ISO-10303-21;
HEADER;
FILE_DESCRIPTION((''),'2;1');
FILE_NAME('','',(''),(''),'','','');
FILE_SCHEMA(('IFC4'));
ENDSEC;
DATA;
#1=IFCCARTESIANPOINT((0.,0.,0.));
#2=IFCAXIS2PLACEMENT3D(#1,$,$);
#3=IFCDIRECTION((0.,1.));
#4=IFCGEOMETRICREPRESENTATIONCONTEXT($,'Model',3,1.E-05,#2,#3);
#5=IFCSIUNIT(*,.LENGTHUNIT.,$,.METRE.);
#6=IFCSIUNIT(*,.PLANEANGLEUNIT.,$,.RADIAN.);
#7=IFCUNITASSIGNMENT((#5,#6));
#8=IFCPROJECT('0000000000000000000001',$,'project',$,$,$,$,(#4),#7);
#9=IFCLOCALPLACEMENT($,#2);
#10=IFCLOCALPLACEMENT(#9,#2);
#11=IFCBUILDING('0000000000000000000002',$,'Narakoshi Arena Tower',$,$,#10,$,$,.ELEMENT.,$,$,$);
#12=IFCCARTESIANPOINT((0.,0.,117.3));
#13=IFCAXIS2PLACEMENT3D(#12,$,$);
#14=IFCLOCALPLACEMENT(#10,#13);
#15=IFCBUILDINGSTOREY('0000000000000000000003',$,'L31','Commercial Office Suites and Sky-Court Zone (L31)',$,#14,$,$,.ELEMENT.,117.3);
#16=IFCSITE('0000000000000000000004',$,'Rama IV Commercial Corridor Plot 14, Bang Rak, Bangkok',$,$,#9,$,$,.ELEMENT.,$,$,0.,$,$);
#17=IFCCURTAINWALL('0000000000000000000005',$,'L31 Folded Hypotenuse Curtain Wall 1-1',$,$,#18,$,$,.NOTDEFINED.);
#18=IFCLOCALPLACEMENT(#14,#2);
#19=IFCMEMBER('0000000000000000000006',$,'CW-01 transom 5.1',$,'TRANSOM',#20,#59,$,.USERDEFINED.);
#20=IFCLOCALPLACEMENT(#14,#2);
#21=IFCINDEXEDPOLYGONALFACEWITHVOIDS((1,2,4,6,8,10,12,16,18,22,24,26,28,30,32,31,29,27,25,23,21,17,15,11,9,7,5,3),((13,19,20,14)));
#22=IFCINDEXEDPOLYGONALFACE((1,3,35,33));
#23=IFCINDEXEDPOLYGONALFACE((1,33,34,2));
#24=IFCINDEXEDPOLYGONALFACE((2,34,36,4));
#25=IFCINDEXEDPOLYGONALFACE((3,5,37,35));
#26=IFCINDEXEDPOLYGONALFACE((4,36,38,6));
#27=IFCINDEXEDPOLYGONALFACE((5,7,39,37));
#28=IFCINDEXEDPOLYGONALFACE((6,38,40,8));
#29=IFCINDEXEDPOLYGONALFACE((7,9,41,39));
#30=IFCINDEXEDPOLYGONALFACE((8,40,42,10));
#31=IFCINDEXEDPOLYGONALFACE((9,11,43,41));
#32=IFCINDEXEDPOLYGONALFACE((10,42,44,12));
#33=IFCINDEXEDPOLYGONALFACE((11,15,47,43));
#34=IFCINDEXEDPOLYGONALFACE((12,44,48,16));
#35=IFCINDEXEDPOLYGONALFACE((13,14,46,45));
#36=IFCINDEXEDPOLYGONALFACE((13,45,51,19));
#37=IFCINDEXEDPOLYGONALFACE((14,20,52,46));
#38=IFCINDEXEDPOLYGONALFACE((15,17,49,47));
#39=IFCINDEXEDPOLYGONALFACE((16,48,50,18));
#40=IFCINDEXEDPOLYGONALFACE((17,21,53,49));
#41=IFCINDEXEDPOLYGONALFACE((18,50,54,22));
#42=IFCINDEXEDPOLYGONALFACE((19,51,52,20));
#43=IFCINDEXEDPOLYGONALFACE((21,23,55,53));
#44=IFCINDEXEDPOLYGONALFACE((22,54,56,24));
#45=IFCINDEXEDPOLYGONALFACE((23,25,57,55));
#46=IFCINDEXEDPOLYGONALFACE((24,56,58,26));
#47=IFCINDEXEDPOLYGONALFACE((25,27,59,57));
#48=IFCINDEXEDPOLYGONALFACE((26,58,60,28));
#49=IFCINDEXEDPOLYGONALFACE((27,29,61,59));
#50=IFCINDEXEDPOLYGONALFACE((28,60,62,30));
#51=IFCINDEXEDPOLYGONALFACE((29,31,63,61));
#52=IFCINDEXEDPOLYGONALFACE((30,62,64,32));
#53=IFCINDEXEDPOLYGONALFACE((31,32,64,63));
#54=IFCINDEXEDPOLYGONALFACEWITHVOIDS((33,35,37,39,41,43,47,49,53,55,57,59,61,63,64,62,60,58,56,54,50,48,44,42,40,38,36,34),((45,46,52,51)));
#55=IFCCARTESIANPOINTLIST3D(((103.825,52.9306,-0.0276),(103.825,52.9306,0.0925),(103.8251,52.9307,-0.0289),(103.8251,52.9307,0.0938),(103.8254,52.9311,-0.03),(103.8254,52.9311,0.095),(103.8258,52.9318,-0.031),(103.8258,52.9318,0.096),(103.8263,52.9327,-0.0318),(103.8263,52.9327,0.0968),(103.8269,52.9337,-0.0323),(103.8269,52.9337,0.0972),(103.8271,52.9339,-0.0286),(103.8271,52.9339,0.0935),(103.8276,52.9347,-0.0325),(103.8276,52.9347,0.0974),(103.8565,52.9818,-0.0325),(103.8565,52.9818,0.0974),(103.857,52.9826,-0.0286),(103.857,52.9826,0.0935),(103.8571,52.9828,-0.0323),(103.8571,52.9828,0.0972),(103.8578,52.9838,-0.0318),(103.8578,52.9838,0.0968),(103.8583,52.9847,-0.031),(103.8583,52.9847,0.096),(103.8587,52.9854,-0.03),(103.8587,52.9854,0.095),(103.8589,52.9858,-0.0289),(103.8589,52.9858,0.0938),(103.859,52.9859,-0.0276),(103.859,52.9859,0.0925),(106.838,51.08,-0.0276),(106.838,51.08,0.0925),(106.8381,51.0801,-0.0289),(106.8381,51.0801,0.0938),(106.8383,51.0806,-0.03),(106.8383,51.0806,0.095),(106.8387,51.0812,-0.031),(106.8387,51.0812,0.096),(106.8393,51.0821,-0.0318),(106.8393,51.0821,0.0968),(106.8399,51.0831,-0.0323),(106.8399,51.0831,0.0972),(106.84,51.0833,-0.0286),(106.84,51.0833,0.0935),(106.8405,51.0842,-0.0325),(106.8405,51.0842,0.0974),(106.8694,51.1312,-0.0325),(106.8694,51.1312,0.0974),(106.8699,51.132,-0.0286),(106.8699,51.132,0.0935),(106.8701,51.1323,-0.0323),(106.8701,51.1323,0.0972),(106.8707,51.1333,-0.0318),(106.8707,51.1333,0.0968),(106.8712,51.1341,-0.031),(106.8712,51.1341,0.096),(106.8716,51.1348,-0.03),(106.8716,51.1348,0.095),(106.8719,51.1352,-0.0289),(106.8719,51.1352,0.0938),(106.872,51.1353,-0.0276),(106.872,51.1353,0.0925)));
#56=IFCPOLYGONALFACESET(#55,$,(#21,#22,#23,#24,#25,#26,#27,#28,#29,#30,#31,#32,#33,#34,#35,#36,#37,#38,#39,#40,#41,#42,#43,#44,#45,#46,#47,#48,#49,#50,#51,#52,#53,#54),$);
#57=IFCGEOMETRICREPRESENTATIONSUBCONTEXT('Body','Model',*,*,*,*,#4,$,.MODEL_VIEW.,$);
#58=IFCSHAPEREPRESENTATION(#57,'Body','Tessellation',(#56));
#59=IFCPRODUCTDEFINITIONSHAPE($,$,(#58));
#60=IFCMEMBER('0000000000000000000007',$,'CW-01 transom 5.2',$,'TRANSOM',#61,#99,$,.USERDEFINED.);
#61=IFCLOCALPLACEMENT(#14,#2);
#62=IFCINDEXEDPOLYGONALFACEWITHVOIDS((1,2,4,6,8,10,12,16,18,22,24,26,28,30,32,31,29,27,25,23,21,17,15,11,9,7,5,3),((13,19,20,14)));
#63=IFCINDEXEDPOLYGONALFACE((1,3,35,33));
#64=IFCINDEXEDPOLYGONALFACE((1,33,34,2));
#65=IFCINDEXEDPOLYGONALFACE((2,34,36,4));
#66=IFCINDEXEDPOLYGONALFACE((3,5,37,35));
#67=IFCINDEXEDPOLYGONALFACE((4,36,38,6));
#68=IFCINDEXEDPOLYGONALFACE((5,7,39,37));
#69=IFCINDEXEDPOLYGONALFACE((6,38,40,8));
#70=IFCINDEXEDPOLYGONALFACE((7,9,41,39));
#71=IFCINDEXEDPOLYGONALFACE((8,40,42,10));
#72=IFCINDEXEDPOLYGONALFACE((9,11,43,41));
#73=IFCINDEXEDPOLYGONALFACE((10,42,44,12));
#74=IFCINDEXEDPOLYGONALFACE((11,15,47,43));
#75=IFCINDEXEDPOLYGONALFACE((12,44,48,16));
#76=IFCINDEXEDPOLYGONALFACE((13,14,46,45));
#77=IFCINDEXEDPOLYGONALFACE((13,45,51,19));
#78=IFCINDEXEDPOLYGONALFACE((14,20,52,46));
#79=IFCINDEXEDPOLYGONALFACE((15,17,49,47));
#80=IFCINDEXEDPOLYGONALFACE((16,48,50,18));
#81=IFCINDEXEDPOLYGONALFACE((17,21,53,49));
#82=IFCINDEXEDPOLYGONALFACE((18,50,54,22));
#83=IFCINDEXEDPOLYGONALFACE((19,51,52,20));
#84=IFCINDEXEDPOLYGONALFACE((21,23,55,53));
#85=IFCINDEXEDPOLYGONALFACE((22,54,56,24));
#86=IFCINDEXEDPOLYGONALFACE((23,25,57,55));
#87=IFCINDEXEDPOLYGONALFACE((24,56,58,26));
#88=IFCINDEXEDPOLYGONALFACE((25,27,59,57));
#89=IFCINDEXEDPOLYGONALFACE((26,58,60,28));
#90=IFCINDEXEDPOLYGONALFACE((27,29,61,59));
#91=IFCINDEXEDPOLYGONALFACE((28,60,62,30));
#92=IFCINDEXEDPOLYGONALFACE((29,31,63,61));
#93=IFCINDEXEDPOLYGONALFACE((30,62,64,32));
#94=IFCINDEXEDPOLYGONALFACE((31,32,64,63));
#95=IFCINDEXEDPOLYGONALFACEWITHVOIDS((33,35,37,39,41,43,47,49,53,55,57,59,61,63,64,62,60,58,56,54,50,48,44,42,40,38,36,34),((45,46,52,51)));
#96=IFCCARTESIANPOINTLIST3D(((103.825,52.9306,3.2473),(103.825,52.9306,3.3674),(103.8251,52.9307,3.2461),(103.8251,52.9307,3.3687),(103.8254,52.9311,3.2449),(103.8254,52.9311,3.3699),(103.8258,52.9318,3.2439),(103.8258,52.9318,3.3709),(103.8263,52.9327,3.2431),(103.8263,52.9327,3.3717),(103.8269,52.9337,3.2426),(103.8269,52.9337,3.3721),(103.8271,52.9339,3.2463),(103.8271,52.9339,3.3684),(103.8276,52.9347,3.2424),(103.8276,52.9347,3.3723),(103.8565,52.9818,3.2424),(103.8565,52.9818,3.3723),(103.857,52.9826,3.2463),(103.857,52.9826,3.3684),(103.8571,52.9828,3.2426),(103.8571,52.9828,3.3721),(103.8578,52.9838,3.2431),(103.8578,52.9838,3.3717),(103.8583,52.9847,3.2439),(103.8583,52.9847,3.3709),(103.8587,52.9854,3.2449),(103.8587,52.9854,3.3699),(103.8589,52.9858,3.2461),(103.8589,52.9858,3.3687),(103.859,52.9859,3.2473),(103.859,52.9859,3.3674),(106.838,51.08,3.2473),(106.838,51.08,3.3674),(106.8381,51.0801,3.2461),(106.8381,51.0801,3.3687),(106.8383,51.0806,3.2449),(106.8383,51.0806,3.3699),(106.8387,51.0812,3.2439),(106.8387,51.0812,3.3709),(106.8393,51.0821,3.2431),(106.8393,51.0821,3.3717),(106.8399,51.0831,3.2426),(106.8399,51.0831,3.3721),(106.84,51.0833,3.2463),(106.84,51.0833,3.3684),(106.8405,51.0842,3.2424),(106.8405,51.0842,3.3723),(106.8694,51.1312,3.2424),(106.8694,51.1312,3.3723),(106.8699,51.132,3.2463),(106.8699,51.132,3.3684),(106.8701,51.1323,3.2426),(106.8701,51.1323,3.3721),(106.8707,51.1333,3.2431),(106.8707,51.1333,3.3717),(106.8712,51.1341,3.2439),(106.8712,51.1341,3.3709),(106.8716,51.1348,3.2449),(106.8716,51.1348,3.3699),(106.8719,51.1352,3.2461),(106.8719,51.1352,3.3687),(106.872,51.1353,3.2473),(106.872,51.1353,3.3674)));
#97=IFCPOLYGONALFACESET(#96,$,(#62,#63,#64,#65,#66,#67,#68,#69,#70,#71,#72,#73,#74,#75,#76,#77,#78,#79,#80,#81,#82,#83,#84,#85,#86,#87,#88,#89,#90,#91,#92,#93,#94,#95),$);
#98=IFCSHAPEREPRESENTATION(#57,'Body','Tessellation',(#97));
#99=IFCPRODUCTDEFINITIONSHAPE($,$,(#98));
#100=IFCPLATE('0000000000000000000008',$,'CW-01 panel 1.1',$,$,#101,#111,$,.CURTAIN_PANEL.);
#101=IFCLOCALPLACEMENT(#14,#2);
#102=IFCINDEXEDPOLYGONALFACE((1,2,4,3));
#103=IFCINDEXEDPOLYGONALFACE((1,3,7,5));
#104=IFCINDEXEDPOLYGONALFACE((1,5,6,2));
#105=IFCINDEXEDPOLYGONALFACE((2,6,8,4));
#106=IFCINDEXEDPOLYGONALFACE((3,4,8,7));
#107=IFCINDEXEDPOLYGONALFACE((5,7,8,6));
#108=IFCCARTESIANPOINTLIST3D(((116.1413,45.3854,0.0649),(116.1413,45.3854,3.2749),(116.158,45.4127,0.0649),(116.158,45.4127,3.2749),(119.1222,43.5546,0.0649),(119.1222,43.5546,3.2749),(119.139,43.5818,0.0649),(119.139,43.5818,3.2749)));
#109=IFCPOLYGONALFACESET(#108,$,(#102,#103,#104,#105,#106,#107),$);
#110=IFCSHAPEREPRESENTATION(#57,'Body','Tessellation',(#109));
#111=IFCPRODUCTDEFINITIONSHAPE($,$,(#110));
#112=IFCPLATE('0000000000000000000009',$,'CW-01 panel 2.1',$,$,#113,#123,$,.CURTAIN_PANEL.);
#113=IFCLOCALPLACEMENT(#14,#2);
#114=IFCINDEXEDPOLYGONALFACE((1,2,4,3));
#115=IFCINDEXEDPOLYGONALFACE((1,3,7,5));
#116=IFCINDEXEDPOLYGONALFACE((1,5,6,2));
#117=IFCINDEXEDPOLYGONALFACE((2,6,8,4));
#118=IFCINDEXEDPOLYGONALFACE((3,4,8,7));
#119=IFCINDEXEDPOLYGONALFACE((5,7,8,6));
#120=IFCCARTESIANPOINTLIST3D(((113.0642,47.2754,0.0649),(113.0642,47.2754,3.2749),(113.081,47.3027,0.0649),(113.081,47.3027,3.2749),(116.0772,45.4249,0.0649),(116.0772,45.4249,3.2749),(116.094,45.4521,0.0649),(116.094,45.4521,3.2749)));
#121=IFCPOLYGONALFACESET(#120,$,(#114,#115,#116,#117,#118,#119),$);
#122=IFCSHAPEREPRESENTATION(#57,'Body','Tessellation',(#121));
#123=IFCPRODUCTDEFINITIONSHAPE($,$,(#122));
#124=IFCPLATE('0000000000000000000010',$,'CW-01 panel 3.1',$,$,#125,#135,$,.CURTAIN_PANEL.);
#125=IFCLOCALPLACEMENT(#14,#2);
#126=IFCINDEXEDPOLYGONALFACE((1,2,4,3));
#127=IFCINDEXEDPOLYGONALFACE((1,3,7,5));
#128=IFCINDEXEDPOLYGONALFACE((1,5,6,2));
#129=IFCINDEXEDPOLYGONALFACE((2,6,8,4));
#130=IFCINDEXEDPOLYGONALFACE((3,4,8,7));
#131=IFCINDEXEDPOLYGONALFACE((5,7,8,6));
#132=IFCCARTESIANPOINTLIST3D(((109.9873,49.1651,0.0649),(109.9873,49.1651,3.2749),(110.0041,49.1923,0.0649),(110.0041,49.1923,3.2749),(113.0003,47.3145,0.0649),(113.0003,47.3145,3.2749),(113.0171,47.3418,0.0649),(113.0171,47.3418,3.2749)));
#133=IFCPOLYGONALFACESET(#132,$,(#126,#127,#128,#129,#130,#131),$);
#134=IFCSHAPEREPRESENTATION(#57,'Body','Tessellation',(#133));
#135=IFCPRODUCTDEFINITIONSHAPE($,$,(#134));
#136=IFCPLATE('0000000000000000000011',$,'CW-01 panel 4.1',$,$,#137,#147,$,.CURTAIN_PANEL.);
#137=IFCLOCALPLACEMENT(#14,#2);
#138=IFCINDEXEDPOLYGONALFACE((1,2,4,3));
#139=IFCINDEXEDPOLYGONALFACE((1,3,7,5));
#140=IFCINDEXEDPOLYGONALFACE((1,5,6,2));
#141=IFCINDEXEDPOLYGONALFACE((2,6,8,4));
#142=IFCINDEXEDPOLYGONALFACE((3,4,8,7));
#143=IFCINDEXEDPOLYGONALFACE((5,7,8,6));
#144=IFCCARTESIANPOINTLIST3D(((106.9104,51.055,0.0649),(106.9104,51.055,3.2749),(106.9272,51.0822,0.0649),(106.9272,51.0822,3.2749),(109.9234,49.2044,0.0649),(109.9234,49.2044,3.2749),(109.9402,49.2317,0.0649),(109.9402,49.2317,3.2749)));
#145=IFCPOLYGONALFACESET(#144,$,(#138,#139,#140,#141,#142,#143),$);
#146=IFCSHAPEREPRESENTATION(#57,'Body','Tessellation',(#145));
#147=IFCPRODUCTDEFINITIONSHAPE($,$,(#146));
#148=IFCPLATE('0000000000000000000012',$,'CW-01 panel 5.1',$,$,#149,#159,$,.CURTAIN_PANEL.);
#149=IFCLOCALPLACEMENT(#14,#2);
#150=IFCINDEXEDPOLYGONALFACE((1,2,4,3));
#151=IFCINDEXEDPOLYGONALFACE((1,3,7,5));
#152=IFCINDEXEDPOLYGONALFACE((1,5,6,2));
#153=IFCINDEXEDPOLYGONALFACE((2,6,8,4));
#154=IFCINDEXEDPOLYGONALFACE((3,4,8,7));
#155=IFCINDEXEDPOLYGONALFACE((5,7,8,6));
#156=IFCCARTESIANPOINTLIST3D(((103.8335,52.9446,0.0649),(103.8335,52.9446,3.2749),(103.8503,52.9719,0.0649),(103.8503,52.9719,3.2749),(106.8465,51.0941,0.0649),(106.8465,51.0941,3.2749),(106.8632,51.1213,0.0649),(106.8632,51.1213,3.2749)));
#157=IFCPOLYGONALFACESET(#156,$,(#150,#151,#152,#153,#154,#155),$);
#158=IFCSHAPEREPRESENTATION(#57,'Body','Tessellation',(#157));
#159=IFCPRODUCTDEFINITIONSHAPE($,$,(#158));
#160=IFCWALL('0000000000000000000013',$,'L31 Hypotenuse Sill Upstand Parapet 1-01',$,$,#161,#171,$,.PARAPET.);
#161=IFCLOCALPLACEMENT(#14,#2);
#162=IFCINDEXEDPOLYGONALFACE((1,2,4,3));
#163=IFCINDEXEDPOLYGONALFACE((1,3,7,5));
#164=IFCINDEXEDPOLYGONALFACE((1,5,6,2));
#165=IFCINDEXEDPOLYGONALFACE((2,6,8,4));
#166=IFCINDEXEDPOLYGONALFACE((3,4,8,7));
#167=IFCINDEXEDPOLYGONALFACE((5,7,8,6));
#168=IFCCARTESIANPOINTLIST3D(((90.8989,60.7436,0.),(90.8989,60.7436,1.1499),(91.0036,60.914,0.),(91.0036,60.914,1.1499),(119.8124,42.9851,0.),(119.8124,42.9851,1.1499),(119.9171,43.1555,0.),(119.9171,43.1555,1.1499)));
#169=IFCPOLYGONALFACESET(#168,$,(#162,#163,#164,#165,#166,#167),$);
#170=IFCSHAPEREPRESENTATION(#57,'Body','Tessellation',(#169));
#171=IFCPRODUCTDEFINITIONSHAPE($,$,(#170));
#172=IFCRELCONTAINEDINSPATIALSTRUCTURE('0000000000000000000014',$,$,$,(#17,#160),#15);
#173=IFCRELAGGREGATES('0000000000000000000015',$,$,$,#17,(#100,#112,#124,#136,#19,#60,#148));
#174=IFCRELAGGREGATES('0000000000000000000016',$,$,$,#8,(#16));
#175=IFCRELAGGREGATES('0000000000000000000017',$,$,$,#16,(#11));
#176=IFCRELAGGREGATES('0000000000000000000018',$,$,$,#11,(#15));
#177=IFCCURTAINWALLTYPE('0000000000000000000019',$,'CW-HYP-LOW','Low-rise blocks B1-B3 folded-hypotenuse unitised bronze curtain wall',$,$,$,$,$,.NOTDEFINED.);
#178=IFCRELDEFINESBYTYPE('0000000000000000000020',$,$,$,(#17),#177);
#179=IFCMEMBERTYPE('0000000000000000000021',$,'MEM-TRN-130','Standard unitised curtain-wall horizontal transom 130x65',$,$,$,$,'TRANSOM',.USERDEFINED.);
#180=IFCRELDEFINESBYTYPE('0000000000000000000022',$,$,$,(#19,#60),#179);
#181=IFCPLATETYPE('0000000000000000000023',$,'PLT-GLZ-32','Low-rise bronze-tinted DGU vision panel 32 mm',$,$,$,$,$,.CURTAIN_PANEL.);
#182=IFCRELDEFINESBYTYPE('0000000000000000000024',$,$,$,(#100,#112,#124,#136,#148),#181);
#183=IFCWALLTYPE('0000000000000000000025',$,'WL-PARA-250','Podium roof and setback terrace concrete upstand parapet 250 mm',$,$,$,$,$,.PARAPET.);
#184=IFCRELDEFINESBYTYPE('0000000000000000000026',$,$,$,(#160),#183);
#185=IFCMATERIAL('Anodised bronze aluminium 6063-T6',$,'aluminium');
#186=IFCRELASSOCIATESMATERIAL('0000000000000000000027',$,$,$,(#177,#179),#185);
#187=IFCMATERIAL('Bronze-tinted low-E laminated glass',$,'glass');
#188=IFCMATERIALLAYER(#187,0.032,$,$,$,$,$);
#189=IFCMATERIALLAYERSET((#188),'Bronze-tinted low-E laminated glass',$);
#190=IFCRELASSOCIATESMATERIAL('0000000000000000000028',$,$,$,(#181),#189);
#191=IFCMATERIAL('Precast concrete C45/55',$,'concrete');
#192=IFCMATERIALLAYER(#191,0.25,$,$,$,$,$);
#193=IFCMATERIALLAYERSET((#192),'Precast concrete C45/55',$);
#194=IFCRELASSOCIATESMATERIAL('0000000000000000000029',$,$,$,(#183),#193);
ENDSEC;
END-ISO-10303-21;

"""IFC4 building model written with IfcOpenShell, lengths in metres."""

from ifc_helpers import new_model, si_unit, direction, frame, frame_2d, origin, origin_2d, place, context, subcontext, project, spatial, rectangle, hollow_rectangle, extrude, material, layer, layer_set, material_profile, profile_set, type_object, element, aggregate, save


model = new_model("IFC4")

# Units and contexts
model_context = context("Model", 3, precision=1e-05, world=origin(), true_north=direction((0.0, 1.0)))
body_context = subcontext(model_context, "Body", "Model", "MODEL_VIEW")
ifc_project = project(units=[si_unit("LENGTHUNIT", "METRE"), si_unit("PLANEANGLEUNIT", "RADIAN")], contexts=[model_context])

# Site, building, storey
site_placement = place(None, origin())
site = spatial("IfcSite", under=ifc_project, at=site_placement, Name="Rama IV Commercial Corridor Plot 14, Bang Rak, Bangkok", CompositionType="ELEMENT", RefElevation=0.0)
building_placement = place(site_placement, origin())
building = spatial("IfcBuilding", under=site, at=building_placement, Name="Narakoshi Arena Tower", CompositionType="ELEMENT")
storey_placement = place(building_placement, frame((0.0, 0.0, 117.3)))
storey = spatial("IfcBuildingStorey", under=building, at=storey_placement, Name="L31", Description="Commercial Office Suites and Sky-Court Zone (L31)", CompositionType="ELEMENT", Elevation=117.3)

# Curtain wall, members, plates
ifc_material_1 = material(Name="Anodised bronze aluminium 6063-T6", Category="aluminium")
curtain_wall_type = type_object("IfcCurtainWallType", Name="CW-HYP-LOW", Description="Low-rise blocks B1-B3 folded-hypotenuse unitised bronze curtain wall", PredefinedType="NOTDEFINED", material=ifc_material_1)
curtain_wall_placement = place(storey_placement, origin())
curtain_wall = element("IfcCurtainWall", 1, at=curtain_wall_placement, inside=storey, type_object=curtain_wall_type, Name="L31 Folded Hypotenuse Curtain Wall 1-1", PredefinedType="NOTDEFINED")
ifc_material_profile_1 = material_profile(ifc_material_1, hollow_rectangle(XDim=0.0649, YDim=0.1299, WallThickness=0.0039, OuterFilletRadius=0.0049, at=origin_2d()), Name="TRN130x65x4")
ifc_profile_set_1 = profile_set([ifc_material_profile_1], Name="Anodised bronze aluminium 6063-T6")
member_type_1 = type_object("IfcMemberType", Name="MEM-TRN-130", Description="Standard unitised curtain-wall horizontal transom 130x65", ElementType="TRANSOM", PredefinedType="USERDEFINED", material=ifc_profile_set_1)
member_1_placement = place(storey_placement, frame((106.855, 51.1077, 0.0325), z_axis=(-0.852104, 0.523373, 0.0), x_axis=(-0.523373, -0.852104, 0.0)))
member_1 = element("IfcMember", 2, at=member_1_placement, type_object=member_type_1, Name="CW-01 transom 5.1", ObjectType="TRANSOM", PredefinedType="USERDEFINED", context=body_context, shape_type="SweptSolid", body=[
    extrude(hollow_rectangle(XDim=0.0649, YDim=0.1299, WallThickness=0.0039, OuterFilletRadius=0.0049, at=origin_2d()), origin(), (0.0, 0.0, 1.0), 3.5359),
])
member_2_placement = place(storey_placement, frame((106.855, 51.1077, 3.3074), z_axis=(-0.852104, 0.523373, 0.0), x_axis=(-0.523373, -0.852104, 0.0)))
member_2 = element("IfcMember", 3, at=member_2_placement, type_object=member_type_1, Name="CW-01 transom 5.2", ObjectType="TRANSOM", PredefinedType="USERDEFINED", context=body_context, shape_type="SweptSolid", body=[
    extrude(hollow_rectangle(XDim=0.0649, YDim=0.1299, WallThickness=0.0039, OuterFilletRadius=0.0049, at=origin_2d()), origin(), (0.0, 0.0, 1.0), 3.5359),
])
ifc_material_2 = material(Name="Bronze-tinted low-E laminated glass", Category="glass")
ifc_layer_1 = layer(ifc_material_2, 0.032)
ifc_layer_set_1 = layer_set([ifc_layer_1], Name="Bronze-tinted low-E laminated glass")
plate_type = type_object("IfcPlateType", Name="PLT-GLZ-32", Description="Low-rise bronze-tinted DGU vision panel 32 mm", PredefinedType="CURTAIN_PANEL", material=ifc_layer_set_1)
plate_1_placement = place(storey_placement, frame((117.6401, 44.4836, 0.0649), z_axis=(0.0, 0.0, 1.0), x_axis=(-0.852113, 0.523358, 0.0)))
plate_1 = element("IfcPlate", 4, at=plate_1_placement, type_object=plate_type, Name="CW-01 panel 1.1", PredefinedType="CURTAIN_PANEL", context=body_context, shape_type="SweptSolid", body=[
    extrude(rectangle(XDim=3.4983, YDim=0.032, at=origin_2d()), origin(), (0.0, 0.0, 1.0), 3.21),
])
plate_2_placement = place(storey_placement, frame((114.5791, 46.3638, 0.0649), z_axis=(0.0, 0.0, 1.0), x_axis=(-0.852113, 0.523358, 0.0)))
plate_2 = element("IfcPlate", 5, at=plate_2_placement, type_object=plate_type, Name="CW-01 panel 2.1", PredefinedType="CURTAIN_PANEL", context=body_context, shape_type="SweptSolid", body=[
    extrude(rectangle(XDim=3.5359, YDim=0.032, at=origin_2d()), origin(), (0.0, 0.0, 1.0), 3.21),
])
plate_3_placement = place(storey_placement, frame((111.5022, 48.2534, 0.0649), z_axis=(0.0, 0.0, 1.0), x_axis=(-0.852113, 0.523358, 0.0)))
plate_3 = element("IfcPlate", 6, at=plate_3_placement, type_object=plate_type, Name="CW-01 panel 3.1", PredefinedType="CURTAIN_PANEL", context=body_context, shape_type="SweptSolid", body=[
    extrude(rectangle(XDim=3.5359, YDim=0.032, at=origin_2d()), origin(), (0.0, 0.0, 1.0), 3.21),
])
plate_4_placement = place(storey_placement, frame((108.4253, 50.1433, 0.0649), z_axis=(0.0, 0.0, 1.0), x_axis=(-0.852113, 0.523358, 0.0)))
plate_4 = element("IfcPlate", 7, at=plate_4_placement, type_object=plate_type, Name="CW-01 panel 4.1", PredefinedType="CURTAIN_PANEL", context=body_context, shape_type="SweptSolid", body=[
    extrude(rectangle(XDim=3.5359, YDim=0.032, at=origin_2d()), origin(), (0.0, 0.0, 1.0), 3.21),
])
plate_5_placement = place(storey_placement, frame((105.3484, 52.033, 0.0649), z_axis=(0.0, 0.0, 1.0), x_axis=(-0.852113, 0.523358, 0.0)))
plate_5 = element("IfcPlate", 8, at=plate_5_placement, type_object=plate_type, Name="CW-01 panel 5.1", PredefinedType="CURTAIN_PANEL", context=body_context, shape_type="SweptSolid", body=[
    extrude(rectangle(XDim=3.5359, YDim=0.032, at=origin_2d()), origin(), (0.0, 0.0, 1.0), 3.21),
])
aggregate(curtain_wall, [plate_1, plate_2, plate_3, plate_4, member_1, member_2, plate_5])

# Wall
ifc_material_3 = material(Name="Precast concrete C45/55", Category="concrete")
ifc_layer_2 = layer(ifc_material_3, 0.25)
ifc_layer_set_2 = layer_set([ifc_layer_2], Name="Precast concrete C45/55")
wall_type_1 = type_object("IfcWallType", Name="WL-PARA-250", Description="Podium roof and setback terrace concrete upstand parapet 250 mm", PredefinedType="PARAPET", material=ifc_layer_set_2)
wall_1_placement = place(storey_placement, frame((119.8647, 43.0703, 0.0), z_axis=(0.0, 0.0, 1.0), x_axis=(-0.852111, 0.523361, 0.0)))
element("IfcWall", 9, at=wall_1_placement, inside=storey, type_object=wall_type_1, Name="L31 Hypotenuse Sill Upstand Parapet 1-01", PredefinedType="PARAPET", context=body_context, shape_type="SweptSolid", body=[
    extrude(rectangle(XDim=33.9316, YDim=0.2, at=frame_2d((16.9658, 0.0))), origin(), (0.0, 0.0, 1.0), 1.1499),
])

save(model, "model.ifc")
